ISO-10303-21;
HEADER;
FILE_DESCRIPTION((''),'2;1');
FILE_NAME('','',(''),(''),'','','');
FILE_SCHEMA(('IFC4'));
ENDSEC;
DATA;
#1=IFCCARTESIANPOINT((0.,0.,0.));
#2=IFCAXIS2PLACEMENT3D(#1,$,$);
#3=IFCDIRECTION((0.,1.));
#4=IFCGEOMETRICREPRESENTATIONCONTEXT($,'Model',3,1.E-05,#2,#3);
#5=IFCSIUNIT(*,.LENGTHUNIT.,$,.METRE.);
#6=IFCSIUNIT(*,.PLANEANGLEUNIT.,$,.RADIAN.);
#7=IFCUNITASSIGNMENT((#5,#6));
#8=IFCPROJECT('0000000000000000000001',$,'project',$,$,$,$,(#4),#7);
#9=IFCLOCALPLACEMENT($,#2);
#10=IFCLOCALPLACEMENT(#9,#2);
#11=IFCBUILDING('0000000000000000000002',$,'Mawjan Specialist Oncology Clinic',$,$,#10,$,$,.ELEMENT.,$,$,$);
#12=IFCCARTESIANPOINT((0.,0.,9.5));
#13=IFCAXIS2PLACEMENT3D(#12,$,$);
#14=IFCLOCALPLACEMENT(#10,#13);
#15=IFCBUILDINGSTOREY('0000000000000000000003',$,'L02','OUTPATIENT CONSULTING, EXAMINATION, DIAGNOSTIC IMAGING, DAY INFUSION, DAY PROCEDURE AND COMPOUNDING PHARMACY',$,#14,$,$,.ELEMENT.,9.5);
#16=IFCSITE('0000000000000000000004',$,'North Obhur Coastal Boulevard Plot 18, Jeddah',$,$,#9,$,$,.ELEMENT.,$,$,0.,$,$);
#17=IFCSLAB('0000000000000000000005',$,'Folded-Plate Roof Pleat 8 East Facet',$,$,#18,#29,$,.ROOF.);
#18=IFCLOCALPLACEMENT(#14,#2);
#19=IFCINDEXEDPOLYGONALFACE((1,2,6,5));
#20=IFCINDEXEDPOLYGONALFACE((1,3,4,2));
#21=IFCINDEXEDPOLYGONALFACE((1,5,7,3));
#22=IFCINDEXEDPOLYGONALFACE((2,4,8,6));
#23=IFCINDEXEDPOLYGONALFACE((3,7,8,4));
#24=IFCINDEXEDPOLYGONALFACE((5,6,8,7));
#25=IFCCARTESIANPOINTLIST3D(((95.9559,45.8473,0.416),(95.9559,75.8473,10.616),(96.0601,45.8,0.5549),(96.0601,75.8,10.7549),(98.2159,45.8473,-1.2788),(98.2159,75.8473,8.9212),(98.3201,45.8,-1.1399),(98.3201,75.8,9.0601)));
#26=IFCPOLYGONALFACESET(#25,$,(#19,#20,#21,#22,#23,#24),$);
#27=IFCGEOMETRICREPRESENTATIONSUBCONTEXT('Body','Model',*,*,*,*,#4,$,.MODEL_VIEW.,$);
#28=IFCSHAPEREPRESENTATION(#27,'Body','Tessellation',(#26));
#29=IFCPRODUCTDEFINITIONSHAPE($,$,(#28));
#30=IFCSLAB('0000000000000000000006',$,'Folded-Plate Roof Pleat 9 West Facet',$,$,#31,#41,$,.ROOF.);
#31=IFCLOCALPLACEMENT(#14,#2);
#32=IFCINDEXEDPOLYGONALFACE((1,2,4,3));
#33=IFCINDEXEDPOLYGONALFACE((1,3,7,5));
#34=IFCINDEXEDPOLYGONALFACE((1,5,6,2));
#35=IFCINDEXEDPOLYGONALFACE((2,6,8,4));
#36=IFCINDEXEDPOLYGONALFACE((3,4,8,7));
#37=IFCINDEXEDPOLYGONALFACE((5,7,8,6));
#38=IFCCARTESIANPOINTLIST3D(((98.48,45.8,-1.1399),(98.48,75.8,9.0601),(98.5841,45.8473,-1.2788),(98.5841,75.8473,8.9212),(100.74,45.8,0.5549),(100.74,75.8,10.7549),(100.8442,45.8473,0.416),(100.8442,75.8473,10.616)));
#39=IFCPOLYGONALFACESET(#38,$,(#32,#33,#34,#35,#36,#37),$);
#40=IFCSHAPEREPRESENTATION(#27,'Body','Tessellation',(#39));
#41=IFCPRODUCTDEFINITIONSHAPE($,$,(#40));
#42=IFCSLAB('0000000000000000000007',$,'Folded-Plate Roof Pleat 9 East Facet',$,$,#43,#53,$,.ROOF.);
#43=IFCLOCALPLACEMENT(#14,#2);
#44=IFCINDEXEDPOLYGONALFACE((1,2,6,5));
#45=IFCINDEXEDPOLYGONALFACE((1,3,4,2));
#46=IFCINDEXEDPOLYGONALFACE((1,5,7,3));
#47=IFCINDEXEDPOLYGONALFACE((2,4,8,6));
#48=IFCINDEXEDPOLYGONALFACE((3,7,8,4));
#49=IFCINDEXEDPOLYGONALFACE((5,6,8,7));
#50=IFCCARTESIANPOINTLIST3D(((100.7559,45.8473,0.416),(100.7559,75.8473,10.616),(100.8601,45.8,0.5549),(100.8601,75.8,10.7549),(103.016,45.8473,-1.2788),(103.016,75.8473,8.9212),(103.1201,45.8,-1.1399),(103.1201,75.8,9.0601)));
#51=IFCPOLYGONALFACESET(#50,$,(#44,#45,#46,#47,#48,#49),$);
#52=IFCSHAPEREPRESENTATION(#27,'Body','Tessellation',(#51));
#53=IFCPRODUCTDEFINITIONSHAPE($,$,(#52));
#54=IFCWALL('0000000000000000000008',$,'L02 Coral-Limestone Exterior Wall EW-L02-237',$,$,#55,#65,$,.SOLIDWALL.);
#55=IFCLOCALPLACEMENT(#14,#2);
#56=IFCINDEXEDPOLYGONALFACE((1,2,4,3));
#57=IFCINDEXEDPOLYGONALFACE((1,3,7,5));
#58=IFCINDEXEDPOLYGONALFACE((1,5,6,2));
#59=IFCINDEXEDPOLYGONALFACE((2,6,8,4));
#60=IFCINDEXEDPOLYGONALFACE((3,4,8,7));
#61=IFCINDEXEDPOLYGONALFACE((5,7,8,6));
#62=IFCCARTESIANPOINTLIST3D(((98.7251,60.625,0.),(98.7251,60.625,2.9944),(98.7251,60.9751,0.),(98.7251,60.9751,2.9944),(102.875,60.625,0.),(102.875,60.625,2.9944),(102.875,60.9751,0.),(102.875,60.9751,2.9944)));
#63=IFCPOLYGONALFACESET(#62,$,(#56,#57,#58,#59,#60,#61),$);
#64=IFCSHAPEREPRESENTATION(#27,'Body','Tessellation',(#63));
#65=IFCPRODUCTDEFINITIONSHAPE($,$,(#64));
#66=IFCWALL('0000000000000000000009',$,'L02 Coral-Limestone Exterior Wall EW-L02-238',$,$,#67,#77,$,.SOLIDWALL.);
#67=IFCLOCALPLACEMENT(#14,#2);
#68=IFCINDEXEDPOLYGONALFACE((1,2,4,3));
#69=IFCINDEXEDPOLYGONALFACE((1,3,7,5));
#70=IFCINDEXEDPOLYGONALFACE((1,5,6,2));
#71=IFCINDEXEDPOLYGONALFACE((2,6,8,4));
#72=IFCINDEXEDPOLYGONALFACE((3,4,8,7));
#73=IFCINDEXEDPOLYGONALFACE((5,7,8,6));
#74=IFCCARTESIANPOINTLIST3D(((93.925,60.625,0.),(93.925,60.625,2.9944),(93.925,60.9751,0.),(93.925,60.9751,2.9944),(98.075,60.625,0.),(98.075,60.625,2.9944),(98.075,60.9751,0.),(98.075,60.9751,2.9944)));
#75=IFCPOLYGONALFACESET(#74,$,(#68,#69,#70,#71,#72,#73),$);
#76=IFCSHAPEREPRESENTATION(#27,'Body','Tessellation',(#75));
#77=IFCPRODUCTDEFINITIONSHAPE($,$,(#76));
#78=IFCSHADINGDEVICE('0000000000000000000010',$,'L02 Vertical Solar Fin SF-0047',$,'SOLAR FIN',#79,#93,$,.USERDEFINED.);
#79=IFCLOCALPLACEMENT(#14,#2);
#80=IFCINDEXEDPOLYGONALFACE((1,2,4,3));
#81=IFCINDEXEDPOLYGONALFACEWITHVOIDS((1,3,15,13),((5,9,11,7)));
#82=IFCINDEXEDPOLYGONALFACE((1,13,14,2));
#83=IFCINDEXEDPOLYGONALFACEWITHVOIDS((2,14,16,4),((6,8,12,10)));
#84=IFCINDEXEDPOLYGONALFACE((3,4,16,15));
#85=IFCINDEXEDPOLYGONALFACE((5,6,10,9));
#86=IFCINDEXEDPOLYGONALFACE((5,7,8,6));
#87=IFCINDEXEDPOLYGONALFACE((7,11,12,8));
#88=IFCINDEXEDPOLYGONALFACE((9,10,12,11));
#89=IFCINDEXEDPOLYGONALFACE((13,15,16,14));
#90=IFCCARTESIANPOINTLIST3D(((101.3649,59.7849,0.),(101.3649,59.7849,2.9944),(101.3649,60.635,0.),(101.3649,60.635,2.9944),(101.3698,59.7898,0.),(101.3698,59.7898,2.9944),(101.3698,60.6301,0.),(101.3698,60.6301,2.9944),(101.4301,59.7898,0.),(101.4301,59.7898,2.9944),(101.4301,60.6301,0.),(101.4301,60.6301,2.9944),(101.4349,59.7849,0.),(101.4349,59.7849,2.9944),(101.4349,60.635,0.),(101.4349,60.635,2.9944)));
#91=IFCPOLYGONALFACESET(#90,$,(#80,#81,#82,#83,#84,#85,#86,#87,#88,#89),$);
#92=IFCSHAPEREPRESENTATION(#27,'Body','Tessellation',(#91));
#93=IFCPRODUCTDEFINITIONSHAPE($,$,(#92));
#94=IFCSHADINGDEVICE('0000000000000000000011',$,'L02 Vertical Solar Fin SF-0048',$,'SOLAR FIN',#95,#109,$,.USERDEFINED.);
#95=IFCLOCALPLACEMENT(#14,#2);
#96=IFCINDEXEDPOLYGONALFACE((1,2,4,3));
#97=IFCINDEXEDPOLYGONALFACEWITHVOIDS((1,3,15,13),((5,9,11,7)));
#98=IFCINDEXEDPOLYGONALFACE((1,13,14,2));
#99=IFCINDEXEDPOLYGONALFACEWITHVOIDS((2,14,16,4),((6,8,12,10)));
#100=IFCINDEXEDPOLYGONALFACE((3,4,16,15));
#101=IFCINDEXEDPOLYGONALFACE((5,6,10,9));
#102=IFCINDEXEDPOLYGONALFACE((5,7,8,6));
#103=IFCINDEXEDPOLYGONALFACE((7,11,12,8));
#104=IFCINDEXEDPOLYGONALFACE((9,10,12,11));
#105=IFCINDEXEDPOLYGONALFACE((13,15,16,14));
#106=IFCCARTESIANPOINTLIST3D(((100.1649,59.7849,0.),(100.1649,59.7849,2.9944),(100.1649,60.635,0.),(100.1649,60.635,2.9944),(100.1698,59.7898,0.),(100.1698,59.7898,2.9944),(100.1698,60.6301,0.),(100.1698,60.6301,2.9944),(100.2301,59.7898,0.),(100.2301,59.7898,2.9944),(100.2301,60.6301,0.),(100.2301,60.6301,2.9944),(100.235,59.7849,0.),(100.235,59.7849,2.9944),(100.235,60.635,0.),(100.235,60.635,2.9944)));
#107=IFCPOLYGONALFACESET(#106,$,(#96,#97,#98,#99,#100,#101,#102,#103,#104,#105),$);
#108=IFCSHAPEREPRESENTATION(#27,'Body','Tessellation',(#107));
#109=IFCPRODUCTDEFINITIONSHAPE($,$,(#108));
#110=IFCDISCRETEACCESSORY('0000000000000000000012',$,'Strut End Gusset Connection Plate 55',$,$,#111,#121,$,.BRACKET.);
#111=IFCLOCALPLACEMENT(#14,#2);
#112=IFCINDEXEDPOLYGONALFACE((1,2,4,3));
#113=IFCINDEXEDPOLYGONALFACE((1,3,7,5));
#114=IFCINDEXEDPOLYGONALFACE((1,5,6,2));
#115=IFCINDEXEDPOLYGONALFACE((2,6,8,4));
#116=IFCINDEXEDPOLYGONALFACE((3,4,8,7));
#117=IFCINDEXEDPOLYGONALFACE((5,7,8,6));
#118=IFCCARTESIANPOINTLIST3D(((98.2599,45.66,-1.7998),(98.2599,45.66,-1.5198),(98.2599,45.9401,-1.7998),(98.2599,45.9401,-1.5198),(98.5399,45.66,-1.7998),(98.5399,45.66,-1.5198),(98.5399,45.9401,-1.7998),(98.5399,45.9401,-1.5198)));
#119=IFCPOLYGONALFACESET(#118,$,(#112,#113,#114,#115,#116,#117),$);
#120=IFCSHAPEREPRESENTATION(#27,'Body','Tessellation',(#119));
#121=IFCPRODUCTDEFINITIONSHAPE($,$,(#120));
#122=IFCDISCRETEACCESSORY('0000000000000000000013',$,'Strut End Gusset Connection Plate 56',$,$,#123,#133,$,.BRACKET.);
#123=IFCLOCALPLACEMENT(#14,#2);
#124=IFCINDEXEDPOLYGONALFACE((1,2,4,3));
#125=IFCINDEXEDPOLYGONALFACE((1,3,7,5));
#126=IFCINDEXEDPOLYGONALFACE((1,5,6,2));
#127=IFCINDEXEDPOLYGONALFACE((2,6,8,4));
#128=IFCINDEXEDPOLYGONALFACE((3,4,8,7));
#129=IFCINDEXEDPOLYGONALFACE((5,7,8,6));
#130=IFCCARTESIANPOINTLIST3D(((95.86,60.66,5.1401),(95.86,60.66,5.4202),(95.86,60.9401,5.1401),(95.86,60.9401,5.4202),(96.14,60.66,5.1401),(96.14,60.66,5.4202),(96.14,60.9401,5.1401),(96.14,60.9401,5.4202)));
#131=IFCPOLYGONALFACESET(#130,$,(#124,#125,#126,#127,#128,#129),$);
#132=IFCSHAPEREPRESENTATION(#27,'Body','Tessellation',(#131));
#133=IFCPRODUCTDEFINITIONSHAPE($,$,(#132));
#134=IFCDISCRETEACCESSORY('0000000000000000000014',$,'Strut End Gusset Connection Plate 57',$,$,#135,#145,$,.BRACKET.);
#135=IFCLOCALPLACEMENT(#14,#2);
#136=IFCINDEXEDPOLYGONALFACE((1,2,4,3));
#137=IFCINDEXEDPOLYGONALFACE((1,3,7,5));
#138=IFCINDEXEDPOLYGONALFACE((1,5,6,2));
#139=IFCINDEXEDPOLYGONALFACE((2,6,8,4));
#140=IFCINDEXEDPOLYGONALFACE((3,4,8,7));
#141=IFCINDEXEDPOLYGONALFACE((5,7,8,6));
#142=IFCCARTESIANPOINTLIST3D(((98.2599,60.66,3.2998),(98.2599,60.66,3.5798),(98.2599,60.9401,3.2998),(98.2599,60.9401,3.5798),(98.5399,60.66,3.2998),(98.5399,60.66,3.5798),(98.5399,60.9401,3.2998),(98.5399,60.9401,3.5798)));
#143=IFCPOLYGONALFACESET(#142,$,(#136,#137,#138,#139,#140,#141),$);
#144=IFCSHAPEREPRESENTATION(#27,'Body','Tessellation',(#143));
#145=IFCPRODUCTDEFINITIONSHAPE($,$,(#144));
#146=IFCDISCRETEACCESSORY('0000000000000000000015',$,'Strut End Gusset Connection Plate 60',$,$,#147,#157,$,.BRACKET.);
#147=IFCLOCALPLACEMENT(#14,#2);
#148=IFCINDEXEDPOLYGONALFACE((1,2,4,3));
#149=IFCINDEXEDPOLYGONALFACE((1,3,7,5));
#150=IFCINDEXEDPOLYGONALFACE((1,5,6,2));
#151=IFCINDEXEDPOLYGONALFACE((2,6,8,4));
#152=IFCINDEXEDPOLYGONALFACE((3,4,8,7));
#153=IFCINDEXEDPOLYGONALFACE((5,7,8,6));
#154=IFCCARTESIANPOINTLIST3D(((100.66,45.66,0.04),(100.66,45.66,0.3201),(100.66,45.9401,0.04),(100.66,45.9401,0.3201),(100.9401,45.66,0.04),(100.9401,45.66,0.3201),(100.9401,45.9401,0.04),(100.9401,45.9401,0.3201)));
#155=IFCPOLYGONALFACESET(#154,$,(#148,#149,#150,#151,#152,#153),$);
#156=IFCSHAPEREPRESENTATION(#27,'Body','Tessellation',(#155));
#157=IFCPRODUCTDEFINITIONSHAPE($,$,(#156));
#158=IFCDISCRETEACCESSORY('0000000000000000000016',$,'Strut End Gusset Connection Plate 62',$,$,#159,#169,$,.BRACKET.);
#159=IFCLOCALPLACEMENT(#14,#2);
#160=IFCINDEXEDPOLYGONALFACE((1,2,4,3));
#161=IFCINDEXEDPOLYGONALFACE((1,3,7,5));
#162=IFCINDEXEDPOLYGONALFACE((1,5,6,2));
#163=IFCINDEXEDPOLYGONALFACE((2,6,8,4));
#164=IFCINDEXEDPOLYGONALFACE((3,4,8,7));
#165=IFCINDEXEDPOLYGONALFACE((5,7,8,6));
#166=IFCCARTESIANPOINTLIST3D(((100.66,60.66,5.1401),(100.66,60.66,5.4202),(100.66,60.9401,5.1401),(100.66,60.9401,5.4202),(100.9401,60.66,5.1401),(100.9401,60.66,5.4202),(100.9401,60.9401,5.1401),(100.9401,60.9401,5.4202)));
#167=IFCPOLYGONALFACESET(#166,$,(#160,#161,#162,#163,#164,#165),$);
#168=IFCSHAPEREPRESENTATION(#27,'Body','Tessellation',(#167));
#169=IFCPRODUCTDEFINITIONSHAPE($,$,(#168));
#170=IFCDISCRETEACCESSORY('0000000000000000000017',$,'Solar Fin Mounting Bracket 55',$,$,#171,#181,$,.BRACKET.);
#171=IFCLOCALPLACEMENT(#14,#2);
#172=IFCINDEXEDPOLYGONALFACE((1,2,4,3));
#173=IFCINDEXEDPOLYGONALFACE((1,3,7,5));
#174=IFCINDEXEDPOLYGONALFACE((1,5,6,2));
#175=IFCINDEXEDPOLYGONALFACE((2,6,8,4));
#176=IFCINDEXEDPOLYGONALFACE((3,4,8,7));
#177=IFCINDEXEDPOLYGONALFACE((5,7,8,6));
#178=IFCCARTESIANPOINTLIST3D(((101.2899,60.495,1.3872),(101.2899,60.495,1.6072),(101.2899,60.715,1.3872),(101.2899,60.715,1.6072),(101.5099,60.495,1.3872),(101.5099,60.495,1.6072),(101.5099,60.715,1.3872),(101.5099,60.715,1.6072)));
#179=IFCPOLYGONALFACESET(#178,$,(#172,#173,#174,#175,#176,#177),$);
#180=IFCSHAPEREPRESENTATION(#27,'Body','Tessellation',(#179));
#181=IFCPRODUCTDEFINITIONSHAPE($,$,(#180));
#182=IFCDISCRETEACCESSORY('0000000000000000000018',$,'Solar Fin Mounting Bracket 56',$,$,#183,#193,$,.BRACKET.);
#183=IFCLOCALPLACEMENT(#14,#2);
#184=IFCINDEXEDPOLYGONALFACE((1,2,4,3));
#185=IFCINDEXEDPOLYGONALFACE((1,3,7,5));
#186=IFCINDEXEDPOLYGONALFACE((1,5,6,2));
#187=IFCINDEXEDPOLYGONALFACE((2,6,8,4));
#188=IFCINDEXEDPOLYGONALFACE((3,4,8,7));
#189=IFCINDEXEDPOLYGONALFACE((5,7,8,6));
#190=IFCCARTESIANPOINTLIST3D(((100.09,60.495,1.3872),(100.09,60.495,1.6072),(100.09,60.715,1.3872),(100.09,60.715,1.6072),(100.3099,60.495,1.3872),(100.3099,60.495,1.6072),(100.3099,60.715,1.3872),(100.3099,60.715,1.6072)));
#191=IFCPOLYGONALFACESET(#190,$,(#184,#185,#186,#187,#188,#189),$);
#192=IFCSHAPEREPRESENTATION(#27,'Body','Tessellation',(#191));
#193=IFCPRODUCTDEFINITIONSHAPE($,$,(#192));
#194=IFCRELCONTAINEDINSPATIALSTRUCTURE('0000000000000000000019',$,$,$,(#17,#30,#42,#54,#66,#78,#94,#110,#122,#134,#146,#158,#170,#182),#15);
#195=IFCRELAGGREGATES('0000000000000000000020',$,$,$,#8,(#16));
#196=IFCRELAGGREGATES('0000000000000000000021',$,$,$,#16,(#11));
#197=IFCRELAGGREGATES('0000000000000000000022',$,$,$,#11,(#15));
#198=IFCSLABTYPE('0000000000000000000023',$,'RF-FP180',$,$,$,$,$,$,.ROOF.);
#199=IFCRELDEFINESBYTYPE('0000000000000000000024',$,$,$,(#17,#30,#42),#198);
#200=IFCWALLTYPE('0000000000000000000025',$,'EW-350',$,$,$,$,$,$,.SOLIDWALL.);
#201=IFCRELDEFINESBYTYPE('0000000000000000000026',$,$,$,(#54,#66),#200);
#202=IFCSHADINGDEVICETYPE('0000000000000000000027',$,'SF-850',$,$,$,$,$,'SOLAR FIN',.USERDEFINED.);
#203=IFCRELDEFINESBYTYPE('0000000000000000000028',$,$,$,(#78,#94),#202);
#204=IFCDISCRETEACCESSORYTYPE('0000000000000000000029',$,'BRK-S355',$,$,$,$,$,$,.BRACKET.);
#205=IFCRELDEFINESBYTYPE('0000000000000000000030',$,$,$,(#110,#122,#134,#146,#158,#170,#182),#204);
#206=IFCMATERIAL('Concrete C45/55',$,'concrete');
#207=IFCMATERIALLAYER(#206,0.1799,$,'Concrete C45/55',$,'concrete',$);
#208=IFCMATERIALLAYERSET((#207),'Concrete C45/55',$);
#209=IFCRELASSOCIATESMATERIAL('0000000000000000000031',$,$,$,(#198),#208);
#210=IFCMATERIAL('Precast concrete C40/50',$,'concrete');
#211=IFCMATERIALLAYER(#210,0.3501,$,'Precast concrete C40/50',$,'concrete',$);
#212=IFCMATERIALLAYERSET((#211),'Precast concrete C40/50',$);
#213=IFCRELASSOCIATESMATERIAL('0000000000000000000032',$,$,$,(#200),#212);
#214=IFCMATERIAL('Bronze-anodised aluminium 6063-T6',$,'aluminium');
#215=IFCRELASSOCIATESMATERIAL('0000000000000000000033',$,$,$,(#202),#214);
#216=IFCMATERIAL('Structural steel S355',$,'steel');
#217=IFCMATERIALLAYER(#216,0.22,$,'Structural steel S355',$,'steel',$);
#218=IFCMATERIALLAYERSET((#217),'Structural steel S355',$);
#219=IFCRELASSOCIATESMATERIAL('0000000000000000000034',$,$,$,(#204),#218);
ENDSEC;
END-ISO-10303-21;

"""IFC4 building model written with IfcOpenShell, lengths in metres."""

from ifc_helpers import new_model, si_unit, direction, frame, frame_2d, origin, origin_2d, place, context, subcontext, project, spatial, polyline, rectangle, hollow_rectangle, outline, extrude, material, layer, layer_set, material_profile, profile_set, type_object, element, save


model = new_model("IFC4")

# Units and contexts
model_context = context("Model", 3, precision=1e-05, world=origin(), true_north=direction((0.0, 1.0)))
body_context = subcontext(model_context, "Body", "Model", "MODEL_VIEW")
ifc_project = project(units=[si_unit("LENGTHUNIT", "METRE"), si_unit("PLANEANGLEUNIT", "RADIAN")], contexts=[model_context])

# Site, building, storey
site_placement = place(None, origin())
site = spatial("IfcSite", under=ifc_project, at=site_placement, Name="North Obhur Coastal Boulevard Plot 18, Jeddah", CompositionType="ELEMENT", RefElevation=0.0)
building_placement = place(site_placement, origin())
building = spatial("IfcBuilding", under=site, at=building_placement, Name="Mawjan Specialist Oncology Clinic", CompositionType="ELEMENT")
storey_placement = place(building_placement, frame((0.0, 0.0, 9.5)))
storey = spatial("IfcBuildingStorey", under=building, at=storey_placement, Name="L02", Description="OUTPATIENT CONSULTING, EXAMINATION, DIAGNOSTIC IMAGING, DAY INFUSION, DAY PROCEDURE AND COMPOUNDING PHARMACY", CompositionType="ELEMENT", Elevation=9.5)

# Slabs
ifc_material_1 = material(Name="Concrete C45/55", Category="concrete")
ifc_layer_1 = layer(ifc_material_1, 0.1799, Name="Concrete C45/55", Category="concrete")
ifc_layer_set_1 = layer_set([ifc_layer_1], Name="Concrete C45/55")
slab_type = type_object("IfcSlabType", Name="RF-FP180", PredefinedType="ROOF", material=ifc_layer_set_1)
slab_1_placement = place(storey_placement, frame((96.0601, 45.8, 0.5549), z_axis=(0.578924, -0.262472, 0.771982), x_axis=(0.800031, 0.0, -0.599959)))
element("IfcSlab", 1, at=slab_1_placement, inside=storey, type_object=slab_type, Name="Folded-Plate Roof Pleat 8 East Facet", PredefinedType="ROOF", context=body_context, shape_type="SweptSolid", body=[
    extrude(outline(polyline([(0.0, 0.0), (2.8249, 0.0), (-3.2946, 31.09), (-6.1195, 31.09), (0.0, 0.0)])), origin(), (0.0, 0.0, -1.0), 0.1799),
])
slab_2_placement = place(storey_placement, frame((98.48, 45.8, -1.1399), z_axis=(-0.578924, -0.262472, 0.771982), x_axis=(0.800031, 0.0, 0.599959)))
element("IfcSlab", 2, at=slab_2_placement, inside=storey, type_object=slab_type, Name="Folded-Plate Roof Pleat 9 West Facet", PredefinedType="ROOF", context=body_context, shape_type="SweptSolid", body=[
    extrude(outline(polyline([(0.0, 0.0), (2.8249, 0.0), (8.9444, 31.09), (6.1195, 31.09), (0.0, 0.0)])), origin(), (0.0, 0.0, -1.0), 0.1799),
])
slab_3_placement = place(storey_placement, frame((100.8601, 45.8, 0.5549), z_axis=(0.578924, -0.262472, 0.771982), x_axis=(0.800031, 0.0, -0.599959)))
element("IfcSlab", 3, at=slab_3_placement, inside=storey, type_object=slab_type, Name="Folded-Plate Roof Pleat 9 East Facet", PredefinedType="ROOF", context=body_context, shape_type="SweptSolid", body=[
    extrude(outline(polyline([(0.0, 0.0), (2.8249, 0.0), (-3.2946, 31.09), (-6.1195, 31.09), (0.0, 0.0)])), origin(), (0.0, 0.0, -1.0), 0.1799),
])

# Walls
ifc_material_2 = material(Name="Precast concrete C40/50", Category="concrete")
ifc_layer_2 = layer(ifc_material_2, 0.3501, Name="Precast concrete C40/50", Category="concrete")
ifc_layer_set_2 = layer_set([ifc_layer_2], Name="Precast concrete C40/50")
wall_type = type_object("IfcWallType", Name="EW-350", PredefinedType="SOLIDWALL", material=ifc_layer_set_2)
for number, where, z_axis, x_axis, name in (
    (4, (102.875, 60.8, 0.0), (0.0, 0.0, 1.0), (-1.0, 0.0, 0.0), "L02 Coral-Limestone Exterior Wall EW-L02-237"),
    (5, (98.075, 60.8, 0.0), (0.0, 0.0, 1.0), (-1.0, 0.0, 0.0), "L02 Coral-Limestone Exterior Wall EW-L02-238"),
):
    element("IfcWall", number, at=place(storey_placement, frame(where, z_axis=z_axis, x_axis=x_axis)), inside=storey, type_object=wall_type, Name=name, PredefinedType="SOLIDWALL", context=body_context, shape_type="SweptSolid", body=[
        extrude(rectangle(XDim=4.1499, YDim=0.3501, at=frame_2d((2.075, 0.0))), origin(), (0.0, 0.0, 1.0), 2.9944),
    ])

# Shading devices
ifc_material_3 = material(Name="Bronze-anodised aluminium 6063-T6", Category="aluminium")
ifc_material_profile_1 = material_profile(ifc_material_3, hollow_rectangle(XDim=0.0701, YDim=0.8501, WallThickness=0.0049, at=origin_2d()), Name="FIN 850x70x5", Category="aluminium")
ifc_profile_set_1 = profile_set([ifc_material_profile_1], Name="Bronze-anodised aluminium 6063-T6")
shading_device_type = type_object("IfcShadingDeviceType", Name="SF-850", ElementType="SOLAR FIN", PredefinedType="USERDEFINED", material=ifc_profile_set_1)
for number, where, z_axis, x_axis, name in (
    (6, (101.3999, 60.21, 0.0), (0.0, 0.0, 1.0), (-1.0, 0.0, 0.0), "L02 Vertical Solar Fin SF-0047"),
    (7, (100.2, 60.21, 0.0), (0.0, 0.0, 1.0), (-1.0, 0.0, 0.0), "L02 Vertical Solar Fin SF-0048"),
):
    element("IfcShadingDevice", number, at=place(storey_placement, frame(where, z_axis=z_axis, x_axis=x_axis)), inside=storey, type_object=shading_device_type, Name=name, ObjectType="SOLAR FIN", PredefinedType="USERDEFINED", context=body_context, shape_type="SweptSolid", body=[
        extrude(hollow_rectangle(XDim=0.0701, YDim=0.8501, WallThickness=0.0049, at=origin_2d()), origin(), (0.0, 0.0, 1.0), 2.9944),
    ])

# Discrete accessories
ifc_material_4 = material(Name="Structural steel S355", Category="steel")
ifc_layer_3 = layer(ifc_material_4, 0.22, Name="Structural steel S355", Category="steel")
ifc_layer_set_3 = layer_set([ifc_layer_3], Name="Structural steel S355")
discrete_accessory_type = type_object("IfcDiscreteAccessoryType", Name="BRK-S355", PredefinedType="BRACKET", material=ifc_layer_set_3)
for number, where, z_axis, x_axis, name in (
    (8, (98.3999, 45.8, -1.7998), (0.0, 0.0, 1.0), (1.0, 0.0, 0.0), "Strut End Gusset Connection Plate 55"),
    (9, (96.0, 60.8, 5.1401), (0.0, 0.0, 1.0), (1.0, 0.0, 0.0), "Strut End Gusset Connection Plate 56"),
    (10, (98.3999, 60.8, 3.2998), (0.0, 0.0, 1.0), (1.0, 0.0, 0.0), "Strut End Gusset Connection Plate 57"),
    (11, (100.8, 45.8, 0.04), (0.0, 0.0, 1.0), (1.0, 0.0, 0.0), "Strut End Gusset Connection Plate 60"),
    (12, (100.8, 60.8, 5.1401), (0.0, 0.0, 1.0), (1.0, 0.0, 0.0), "Strut End Gusset Connection Plate 62"),
):
    element("IfcDiscreteAccessory", number, at=place(storey_placement, frame(where, z_axis=z_axis, x_axis=x_axis)), inside=storey, type_object=discrete_accessory_type, Name=name, PredefinedType="BRACKET", context=body_context, shape_type="SweptSolid", body=[
        extrude(rectangle(XDim=0.28, YDim=0.28, at=origin_2d()), origin(), (0.0, 0.0, 1.0), 0.28),
    ])
for number, where, z_axis, x_axis, name in (
    (13, (101.3999, 60.605, 1.3872), (0.0, 0.0, 1.0), (-1.0, 0.0, 0.0), "Solar Fin Mounting Bracket 55"),
    (14, (100.2, 60.605, 1.3872), (0.0, 0.0, 1.0), (-1.0, 0.0, 0.0), "Solar Fin Mounting Bracket 56"),
):
    element("IfcDiscreteAccessory", number, at=place(storey_placement, frame(where, z_axis=z_axis, x_axis=x_axis)), inside=storey, type_object=discrete_accessory_type, Name=name, PredefinedType="BRACKET", context=body_context, shape_type="SweptSolid", body=[
        extrude(rectangle(XDim=0.22, YDim=0.22, at=origin_2d()), origin(), (0.0, 0.0, 1.0), 0.22),
    ])

save(model, "model.ifc")
